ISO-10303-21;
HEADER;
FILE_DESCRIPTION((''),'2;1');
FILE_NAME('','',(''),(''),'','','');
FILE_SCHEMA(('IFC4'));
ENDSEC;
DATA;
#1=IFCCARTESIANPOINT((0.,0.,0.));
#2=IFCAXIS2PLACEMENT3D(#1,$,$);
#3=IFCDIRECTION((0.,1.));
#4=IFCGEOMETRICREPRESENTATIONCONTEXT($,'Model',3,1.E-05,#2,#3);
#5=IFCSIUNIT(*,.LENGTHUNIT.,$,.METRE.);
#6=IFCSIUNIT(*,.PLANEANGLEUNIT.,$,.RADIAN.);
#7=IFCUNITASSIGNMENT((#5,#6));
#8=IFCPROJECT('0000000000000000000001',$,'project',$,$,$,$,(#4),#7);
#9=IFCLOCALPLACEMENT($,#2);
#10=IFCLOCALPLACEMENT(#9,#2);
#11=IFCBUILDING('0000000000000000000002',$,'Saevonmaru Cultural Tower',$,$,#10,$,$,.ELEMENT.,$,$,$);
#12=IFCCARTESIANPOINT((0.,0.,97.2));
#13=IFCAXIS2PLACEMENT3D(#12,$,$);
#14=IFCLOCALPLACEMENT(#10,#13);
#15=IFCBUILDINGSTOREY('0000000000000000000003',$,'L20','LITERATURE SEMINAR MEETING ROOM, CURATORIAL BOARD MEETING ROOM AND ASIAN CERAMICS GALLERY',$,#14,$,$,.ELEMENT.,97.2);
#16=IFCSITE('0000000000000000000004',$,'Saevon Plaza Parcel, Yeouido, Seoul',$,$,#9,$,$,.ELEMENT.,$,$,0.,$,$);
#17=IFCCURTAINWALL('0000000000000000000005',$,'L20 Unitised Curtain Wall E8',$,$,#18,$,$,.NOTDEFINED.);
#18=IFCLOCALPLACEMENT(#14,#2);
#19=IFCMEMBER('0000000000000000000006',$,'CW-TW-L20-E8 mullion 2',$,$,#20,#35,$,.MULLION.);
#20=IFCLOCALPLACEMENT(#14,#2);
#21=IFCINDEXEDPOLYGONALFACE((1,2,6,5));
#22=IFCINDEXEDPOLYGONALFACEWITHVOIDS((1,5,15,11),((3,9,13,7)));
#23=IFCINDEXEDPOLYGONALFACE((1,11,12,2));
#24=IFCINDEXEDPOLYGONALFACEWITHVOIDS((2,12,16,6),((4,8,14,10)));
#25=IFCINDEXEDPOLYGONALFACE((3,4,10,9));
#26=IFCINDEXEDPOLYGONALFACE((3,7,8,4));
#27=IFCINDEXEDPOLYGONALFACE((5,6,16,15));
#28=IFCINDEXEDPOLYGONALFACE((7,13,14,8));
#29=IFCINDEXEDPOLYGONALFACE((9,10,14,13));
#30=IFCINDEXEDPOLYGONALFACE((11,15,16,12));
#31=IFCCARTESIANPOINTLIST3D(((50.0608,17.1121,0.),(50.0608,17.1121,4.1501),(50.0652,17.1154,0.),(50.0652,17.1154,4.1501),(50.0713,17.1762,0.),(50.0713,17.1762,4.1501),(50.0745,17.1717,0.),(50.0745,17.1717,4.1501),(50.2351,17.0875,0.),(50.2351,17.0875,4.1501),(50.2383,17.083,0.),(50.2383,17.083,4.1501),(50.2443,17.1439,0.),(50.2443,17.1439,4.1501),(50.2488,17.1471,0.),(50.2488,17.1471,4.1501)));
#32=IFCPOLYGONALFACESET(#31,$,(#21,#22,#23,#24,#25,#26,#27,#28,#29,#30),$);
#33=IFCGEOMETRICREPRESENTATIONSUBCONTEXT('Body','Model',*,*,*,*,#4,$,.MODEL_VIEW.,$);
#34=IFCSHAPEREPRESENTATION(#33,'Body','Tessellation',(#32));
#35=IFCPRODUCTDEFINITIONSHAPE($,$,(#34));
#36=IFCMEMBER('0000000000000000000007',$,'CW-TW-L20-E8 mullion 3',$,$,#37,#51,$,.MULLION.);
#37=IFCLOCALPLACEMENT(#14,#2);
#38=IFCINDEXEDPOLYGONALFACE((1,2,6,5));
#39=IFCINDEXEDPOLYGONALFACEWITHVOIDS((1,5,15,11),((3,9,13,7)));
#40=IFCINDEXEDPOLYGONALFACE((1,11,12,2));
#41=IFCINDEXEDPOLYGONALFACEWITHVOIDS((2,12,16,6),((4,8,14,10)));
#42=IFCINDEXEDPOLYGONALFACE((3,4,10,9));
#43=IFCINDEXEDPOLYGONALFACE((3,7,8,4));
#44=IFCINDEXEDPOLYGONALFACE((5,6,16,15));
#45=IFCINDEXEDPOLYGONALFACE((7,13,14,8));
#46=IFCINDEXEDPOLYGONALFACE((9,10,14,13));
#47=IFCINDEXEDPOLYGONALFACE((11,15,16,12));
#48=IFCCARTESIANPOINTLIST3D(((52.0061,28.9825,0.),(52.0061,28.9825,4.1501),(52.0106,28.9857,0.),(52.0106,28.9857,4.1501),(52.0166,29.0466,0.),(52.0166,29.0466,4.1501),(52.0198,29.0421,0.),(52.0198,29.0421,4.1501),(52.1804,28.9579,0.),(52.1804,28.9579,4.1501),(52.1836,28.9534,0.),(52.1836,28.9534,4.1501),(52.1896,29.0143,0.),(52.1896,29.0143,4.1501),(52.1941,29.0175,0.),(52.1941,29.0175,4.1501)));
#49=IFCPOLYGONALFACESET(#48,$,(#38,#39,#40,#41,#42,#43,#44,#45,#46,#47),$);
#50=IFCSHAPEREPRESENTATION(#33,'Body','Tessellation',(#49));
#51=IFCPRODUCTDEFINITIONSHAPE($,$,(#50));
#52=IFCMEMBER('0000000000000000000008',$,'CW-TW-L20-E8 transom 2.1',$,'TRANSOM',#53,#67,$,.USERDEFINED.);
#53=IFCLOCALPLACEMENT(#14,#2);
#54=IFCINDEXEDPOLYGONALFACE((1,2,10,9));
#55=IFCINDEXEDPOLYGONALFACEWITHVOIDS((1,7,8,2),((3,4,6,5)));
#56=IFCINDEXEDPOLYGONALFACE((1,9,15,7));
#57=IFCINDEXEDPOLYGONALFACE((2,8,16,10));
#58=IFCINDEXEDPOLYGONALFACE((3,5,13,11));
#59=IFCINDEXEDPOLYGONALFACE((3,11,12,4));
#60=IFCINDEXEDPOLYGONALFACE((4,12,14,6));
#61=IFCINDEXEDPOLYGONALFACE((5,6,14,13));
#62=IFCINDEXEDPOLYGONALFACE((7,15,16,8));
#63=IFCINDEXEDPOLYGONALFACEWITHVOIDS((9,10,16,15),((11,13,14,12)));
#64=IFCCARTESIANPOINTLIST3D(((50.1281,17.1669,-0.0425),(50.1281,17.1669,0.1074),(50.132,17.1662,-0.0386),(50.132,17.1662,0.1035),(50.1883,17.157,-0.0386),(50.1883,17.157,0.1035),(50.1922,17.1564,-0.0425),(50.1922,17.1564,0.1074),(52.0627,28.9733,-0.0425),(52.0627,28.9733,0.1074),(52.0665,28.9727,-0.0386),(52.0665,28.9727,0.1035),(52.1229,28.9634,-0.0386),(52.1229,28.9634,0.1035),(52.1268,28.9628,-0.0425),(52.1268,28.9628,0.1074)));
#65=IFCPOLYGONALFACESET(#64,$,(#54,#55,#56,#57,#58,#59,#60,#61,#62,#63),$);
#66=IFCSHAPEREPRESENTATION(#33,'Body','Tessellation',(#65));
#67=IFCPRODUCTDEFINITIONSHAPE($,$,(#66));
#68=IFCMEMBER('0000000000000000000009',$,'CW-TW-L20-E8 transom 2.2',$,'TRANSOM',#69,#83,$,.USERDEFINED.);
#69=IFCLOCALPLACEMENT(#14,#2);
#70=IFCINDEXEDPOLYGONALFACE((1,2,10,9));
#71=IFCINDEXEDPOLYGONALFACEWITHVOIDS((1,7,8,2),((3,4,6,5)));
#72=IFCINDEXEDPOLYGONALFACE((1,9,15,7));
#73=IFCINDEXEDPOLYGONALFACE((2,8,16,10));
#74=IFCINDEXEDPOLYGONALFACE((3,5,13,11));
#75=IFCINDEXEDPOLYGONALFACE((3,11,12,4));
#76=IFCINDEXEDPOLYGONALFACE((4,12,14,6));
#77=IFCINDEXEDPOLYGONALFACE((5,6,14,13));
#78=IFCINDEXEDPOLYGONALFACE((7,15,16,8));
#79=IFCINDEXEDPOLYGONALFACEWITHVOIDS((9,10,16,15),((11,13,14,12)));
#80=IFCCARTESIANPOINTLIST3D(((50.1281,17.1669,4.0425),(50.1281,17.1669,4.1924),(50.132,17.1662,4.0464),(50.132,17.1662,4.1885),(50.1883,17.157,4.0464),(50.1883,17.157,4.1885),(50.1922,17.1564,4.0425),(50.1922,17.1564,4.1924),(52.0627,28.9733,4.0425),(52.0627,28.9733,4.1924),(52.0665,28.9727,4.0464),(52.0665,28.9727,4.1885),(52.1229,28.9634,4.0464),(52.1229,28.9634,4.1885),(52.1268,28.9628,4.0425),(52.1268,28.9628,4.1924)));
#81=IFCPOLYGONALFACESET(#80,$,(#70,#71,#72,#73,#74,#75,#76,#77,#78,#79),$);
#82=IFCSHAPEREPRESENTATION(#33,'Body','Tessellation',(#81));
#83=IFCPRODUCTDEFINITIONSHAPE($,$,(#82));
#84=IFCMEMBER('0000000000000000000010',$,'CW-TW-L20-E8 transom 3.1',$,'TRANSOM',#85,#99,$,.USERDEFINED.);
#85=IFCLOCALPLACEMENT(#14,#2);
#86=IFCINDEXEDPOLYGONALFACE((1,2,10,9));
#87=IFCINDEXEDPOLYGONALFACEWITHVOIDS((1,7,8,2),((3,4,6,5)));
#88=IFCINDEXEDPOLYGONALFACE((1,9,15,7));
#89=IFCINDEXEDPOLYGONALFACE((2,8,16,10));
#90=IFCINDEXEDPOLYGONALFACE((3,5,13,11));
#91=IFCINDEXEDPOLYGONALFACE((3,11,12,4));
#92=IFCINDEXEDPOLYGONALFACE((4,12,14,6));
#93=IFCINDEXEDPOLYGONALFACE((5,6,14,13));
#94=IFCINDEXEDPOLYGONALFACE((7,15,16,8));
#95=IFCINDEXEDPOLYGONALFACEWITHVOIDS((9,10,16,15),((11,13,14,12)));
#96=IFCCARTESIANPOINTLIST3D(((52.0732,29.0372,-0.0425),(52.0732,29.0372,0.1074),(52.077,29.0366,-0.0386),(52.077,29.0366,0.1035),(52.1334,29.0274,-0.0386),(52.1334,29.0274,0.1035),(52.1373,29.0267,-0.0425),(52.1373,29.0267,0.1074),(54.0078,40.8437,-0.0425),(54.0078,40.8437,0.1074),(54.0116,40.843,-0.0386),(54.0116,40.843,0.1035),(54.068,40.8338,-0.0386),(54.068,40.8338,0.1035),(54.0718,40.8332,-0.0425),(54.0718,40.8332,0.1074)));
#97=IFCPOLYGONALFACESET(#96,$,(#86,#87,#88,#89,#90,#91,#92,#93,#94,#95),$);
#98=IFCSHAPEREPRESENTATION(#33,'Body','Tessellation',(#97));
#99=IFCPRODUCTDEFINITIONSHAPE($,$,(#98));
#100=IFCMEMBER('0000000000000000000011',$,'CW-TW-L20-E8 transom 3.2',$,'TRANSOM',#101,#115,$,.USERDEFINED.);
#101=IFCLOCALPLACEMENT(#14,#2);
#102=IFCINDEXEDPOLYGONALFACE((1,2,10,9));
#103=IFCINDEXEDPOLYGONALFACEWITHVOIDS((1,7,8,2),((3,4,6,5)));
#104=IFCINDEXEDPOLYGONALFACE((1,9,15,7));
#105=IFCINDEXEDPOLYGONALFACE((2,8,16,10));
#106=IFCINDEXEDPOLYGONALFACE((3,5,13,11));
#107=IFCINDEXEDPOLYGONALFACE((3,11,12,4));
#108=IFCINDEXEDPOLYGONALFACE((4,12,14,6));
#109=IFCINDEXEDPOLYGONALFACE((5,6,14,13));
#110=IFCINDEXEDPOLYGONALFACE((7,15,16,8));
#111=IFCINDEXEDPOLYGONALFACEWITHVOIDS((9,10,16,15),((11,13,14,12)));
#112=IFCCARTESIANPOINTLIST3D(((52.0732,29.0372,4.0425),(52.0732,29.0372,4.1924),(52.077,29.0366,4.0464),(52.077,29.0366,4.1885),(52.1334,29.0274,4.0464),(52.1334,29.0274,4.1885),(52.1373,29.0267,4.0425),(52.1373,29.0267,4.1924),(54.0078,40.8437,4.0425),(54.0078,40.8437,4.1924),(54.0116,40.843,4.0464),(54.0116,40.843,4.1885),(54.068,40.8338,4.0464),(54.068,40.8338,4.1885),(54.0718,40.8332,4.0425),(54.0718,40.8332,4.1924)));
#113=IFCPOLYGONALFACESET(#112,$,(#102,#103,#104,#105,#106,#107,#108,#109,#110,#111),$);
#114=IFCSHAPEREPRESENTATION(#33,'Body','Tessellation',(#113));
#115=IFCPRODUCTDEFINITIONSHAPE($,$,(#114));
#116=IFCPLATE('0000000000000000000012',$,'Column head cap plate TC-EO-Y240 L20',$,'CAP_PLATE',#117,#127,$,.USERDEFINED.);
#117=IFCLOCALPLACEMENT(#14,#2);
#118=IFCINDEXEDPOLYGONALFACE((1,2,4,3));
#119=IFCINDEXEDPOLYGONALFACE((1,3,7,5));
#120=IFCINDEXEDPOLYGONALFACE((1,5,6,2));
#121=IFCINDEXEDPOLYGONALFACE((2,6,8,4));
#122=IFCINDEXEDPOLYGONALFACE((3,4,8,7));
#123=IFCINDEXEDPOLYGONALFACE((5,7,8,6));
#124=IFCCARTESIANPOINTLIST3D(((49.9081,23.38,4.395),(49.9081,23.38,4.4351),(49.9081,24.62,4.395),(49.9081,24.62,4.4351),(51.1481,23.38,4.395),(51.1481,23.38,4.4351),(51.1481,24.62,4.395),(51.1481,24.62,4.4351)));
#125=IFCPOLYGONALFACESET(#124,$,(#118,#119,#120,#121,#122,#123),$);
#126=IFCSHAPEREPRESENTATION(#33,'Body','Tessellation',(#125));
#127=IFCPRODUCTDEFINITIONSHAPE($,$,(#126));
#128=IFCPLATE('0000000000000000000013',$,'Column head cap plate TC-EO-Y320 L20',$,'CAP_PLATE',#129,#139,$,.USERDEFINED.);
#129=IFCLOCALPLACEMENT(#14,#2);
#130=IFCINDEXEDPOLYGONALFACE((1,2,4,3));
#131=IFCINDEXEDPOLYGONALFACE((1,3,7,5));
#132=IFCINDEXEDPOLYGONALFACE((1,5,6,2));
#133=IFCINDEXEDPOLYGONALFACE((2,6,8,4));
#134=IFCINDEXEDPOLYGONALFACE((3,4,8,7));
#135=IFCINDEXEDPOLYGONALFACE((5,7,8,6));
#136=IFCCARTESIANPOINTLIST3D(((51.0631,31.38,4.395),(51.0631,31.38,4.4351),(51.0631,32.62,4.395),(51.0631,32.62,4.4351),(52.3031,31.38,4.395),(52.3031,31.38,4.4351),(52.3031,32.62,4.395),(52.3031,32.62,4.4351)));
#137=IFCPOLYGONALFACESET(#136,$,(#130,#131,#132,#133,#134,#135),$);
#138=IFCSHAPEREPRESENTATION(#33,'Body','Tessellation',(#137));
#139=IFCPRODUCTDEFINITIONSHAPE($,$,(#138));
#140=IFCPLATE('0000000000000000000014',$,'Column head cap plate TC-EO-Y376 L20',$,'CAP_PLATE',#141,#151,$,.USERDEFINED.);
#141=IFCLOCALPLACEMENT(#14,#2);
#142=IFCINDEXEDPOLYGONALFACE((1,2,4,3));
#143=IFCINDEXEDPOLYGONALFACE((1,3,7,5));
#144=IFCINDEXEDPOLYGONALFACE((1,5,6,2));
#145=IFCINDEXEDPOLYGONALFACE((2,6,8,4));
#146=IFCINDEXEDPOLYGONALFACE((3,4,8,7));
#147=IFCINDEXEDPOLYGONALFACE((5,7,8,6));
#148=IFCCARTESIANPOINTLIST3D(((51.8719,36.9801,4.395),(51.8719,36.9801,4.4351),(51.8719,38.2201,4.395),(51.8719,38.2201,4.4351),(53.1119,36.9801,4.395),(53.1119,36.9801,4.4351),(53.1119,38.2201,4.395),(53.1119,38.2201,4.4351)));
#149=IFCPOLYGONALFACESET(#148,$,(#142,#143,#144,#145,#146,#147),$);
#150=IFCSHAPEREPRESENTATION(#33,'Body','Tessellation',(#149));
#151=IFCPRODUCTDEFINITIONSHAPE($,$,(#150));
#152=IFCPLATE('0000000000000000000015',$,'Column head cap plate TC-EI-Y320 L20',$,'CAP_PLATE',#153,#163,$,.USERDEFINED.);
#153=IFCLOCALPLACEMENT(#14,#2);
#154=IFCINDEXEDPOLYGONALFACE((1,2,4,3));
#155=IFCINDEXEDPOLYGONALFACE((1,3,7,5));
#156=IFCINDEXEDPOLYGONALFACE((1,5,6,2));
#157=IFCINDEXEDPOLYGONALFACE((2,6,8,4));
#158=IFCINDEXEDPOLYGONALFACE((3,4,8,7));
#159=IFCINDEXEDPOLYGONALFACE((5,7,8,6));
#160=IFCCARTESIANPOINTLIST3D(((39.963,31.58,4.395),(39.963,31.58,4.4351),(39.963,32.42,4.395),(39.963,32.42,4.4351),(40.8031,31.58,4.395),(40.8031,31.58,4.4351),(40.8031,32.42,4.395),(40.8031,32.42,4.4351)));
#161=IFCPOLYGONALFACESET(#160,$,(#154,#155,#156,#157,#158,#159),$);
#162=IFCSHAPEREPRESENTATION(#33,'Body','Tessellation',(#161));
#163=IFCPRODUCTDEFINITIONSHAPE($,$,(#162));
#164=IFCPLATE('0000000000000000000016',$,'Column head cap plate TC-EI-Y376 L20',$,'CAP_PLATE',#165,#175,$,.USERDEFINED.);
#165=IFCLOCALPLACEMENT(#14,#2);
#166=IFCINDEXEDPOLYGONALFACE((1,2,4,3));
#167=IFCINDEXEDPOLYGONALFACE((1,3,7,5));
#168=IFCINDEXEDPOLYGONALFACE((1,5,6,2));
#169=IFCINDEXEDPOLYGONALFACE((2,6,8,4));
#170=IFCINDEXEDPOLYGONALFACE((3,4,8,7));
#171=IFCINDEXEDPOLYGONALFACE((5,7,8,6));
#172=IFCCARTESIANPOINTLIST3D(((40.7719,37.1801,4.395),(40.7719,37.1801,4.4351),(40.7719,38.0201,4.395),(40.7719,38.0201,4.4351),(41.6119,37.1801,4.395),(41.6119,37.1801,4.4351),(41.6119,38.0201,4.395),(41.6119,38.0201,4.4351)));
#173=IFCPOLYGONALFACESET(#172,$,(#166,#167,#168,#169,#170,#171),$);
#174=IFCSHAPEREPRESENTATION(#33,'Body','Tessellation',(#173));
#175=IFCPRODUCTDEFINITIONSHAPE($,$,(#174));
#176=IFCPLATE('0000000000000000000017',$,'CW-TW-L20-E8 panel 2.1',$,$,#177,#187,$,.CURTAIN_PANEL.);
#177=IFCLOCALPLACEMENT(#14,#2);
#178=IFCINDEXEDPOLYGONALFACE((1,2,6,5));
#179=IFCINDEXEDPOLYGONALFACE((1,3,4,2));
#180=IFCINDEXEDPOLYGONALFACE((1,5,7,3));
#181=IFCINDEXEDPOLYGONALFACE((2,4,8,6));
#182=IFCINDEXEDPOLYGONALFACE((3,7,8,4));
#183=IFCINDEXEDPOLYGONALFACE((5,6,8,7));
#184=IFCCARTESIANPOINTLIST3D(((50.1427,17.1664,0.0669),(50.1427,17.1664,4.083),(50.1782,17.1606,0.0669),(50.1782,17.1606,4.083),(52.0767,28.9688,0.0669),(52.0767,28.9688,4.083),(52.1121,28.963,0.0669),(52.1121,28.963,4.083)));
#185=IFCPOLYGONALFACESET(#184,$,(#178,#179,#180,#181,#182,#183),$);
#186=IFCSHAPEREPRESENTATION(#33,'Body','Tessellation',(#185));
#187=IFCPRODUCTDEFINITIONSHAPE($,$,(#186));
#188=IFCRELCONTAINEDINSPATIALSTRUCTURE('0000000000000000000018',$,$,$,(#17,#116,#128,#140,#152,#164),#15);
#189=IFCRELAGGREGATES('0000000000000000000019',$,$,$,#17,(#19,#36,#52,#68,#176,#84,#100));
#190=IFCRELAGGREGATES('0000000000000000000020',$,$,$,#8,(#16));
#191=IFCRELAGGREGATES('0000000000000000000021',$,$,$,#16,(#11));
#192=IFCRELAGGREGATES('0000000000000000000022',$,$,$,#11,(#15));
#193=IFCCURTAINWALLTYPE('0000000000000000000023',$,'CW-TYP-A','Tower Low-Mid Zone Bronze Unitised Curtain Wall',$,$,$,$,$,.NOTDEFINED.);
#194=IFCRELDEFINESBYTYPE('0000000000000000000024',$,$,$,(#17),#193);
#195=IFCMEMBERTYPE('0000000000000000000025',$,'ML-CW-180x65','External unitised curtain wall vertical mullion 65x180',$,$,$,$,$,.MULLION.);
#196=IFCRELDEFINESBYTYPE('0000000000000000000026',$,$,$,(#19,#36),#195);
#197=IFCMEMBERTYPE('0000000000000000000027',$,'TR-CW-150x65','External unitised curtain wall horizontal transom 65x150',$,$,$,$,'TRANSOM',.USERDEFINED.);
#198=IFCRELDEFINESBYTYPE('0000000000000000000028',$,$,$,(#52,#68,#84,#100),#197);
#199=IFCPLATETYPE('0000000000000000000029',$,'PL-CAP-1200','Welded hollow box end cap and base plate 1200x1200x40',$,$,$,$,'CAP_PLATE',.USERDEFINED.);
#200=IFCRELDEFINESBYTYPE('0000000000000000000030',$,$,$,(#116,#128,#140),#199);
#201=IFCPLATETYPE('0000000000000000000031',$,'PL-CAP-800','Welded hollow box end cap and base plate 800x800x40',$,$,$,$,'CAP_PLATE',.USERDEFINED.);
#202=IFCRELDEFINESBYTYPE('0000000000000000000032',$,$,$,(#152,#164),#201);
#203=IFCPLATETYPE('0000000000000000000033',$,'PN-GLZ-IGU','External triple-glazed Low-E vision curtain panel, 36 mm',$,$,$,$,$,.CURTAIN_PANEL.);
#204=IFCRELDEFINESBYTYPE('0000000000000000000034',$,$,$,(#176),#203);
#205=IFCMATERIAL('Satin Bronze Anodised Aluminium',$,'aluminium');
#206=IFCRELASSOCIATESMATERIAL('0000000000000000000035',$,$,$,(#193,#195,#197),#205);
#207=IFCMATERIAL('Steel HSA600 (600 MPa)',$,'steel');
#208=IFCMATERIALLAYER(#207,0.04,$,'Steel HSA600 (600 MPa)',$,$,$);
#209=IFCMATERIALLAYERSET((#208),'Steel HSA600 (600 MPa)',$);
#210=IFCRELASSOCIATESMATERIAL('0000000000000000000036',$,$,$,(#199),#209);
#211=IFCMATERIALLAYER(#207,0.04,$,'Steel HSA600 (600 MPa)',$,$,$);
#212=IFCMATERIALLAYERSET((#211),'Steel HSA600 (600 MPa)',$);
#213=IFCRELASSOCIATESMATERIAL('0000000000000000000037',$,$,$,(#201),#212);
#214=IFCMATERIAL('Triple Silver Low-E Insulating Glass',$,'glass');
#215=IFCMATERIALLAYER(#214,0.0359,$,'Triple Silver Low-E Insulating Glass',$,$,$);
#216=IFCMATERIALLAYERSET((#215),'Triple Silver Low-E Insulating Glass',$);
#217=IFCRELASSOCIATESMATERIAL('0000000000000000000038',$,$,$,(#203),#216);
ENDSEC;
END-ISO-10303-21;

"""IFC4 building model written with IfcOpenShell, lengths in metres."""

from ifc_helpers import new_model, si_unit, direction, frame, origin, origin_2d, place, context, subcontext, project, spatial, rectangle, hollow_rectangle, extrude, material, layer, layer_set, material_profile, profile_set, type_object, element, aggregate, save


model = new_model("IFC4")

# Units and contexts
model_context = context("Model", 3, precision=1e-05, world=origin(), true_north=direction((0.0, 1.0)))
body_context = subcontext(model_context, "Body", "Model", "MODEL_VIEW")
ifc_project = project(units=[si_unit("LENGTHUNIT", "METRE"), si_unit("PLANEANGLEUNIT", "RADIAN")], contexts=[model_context])

# Site, building, storey
site_placement = place(None, origin())
site = spatial("IfcSite", under=ifc_project, at=site_placement, Name="Saevon Plaza Parcel, Yeouido, Seoul", CompositionType="ELEMENT", RefElevation=0.0)
building_placement = place(site_placement, origin())
building = spatial("IfcBuilding", under=site, at=building_placement, Name="Saevonmaru Cultural Tower", CompositionType="ELEMENT")
storey_placement = place(building_placement, frame((0.0, 0.0, 97.2)))
storey = spatial("IfcBuildingStorey", under=building, at=storey_placement, Name="L20", Description="LITERATURE SEMINAR MEETING ROOM, CURATORIAL BOARD MEETING ROOM AND ASIAN CERAMICS GALLERY", CompositionType="ELEMENT", Elevation=97.2)

# Shared definitions
ifc_material_1 = material(Name="Steel HSA600 (600 MPa)", Category="steel")

# Curtain wall, members
ifc_material_2 = material(Name="Satin Bronze Anodised Aluminium", Category="aluminium")
curtain_wall_type = type_object("IfcCurtainWallType", Name="CW-TYP-A", Description="Tower Low-Mid Zone Bronze Unitised Curtain Wall", PredefinedType="NOTDEFINED", material=ifc_material_2)
curtain_wall_placement = place(storey_placement, origin())
curtain_wall = element("IfcCurtainWall", 1, at=curtain_wall_placement, inside=storey, type_object=curtain_wall_type, Name="L20 Unitised Curtain Wall E8", PredefinedType="NOTDEFINED")
ifc_material_profile_1 = material_profile(ifc_material_2, hollow_rectangle(XDim=0.0649, YDim=0.1799, WallThickness=0.0039, at=origin_2d()), Name="ALU-MULL-180x65x4")
ifc_profile_set_1 = profile_set([ifc_material_profile_1], Name="Satin Bronze Anodised Aluminium")
member_type_1 = type_object("IfcMemberType", Name="ML-CW-180x65", Description="External unitised curtain wall vertical mullion 65x180", PredefinedType="MULLION", material=ifc_profile_set_1)
member_1_placement = place(storey_placement, frame((50.1548, 17.1296, 0.0), z_axis=(0.0, 0.0, 1.0), x_axis=(0.161709, 0.986839, 0.0)))
member_1 = element("IfcMember", 2, at=member_1_placement, type_object=member_type_1, Name="CW-TW-L20-E8 mullion 2", PredefinedType="MULLION", context=body_context, shape_type="SweptSolid", body=[
    extrude(hollow_rectangle(XDim=0.0649, YDim=0.1799, WallThickness=0.0039, at=origin_2d()), origin(), (0.0, 0.0, 1.0), 4.1501),
])
member_2_placement = place(storey_placement, frame((52.1001, 29.0, 0.0), z_axis=(0.0, 0.0, 1.0), x_axis=(0.161709, 0.986839, 0.0)))
member_2 = element("IfcMember", 3, at=member_2_placement, type_object=member_type_1, Name="CW-TW-L20-E8 mullion 3", PredefinedType="MULLION", context=body_context, shape_type="SweptSolid", body=[
    extrude(hollow_rectangle(XDim=0.0649, YDim=0.1799, WallThickness=0.0039, at=origin_2d()), origin(), (0.0, 0.0, 1.0), 4.1501),
])
ifc_material_profile_2 = material_profile(ifc_material_2, hollow_rectangle(XDim=0.0649, YDim=0.1499, WallThickness=0.0039, at=origin_2d()), Name="ALU-TRAN-150x65x4")
ifc_profile_set_2 = profile_set([ifc_material_profile_2], Name="Satin Bronze Anodised Aluminium")
member_type_2 = type_object("IfcMemberType", Name="TR-CW-150x65", Description="External unitised curtain wall horizontal transom 65x150", ElementType="TRANSOM", PredefinedType="USERDEFINED", material=ifc_profile_set_2)
member_3_placement = place(storey_placement, frame((50.1602, 17.1616, 0.0325), z_axis=(0.161701, 0.98684, 0.0), x_axis=(-0.98684, 0.161701, 0.0)))
member_3 = element("IfcMember", 4, at=member_3_placement, type_object=member_type_2, Name="CW-TW-L20-E8 transom 2.1", ObjectType="TRANSOM", PredefinedType="USERDEFINED", context=body_context, shape_type="SweptSolid", body=[
    extrude(hollow_rectangle(XDim=0.0649, YDim=0.1499, WallThickness=0.0039, at=origin_2d()), origin(), (0.0, 0.0, 1.0), 11.9639),
])
member_4_placement = place(storey_placement, frame((50.1602, 17.1616, 4.1174), z_axis=(0.161701, 0.98684, 0.0), x_axis=(-0.98684, 0.161701, 0.0)))
member_4 = element("IfcMember", 5, at=member_4_placement, type_object=member_type_2, Name="CW-TW-L20-E8 transom 2.2", ObjectType="TRANSOM", PredefinedType="USERDEFINED", context=body_context, shape_type="SweptSolid", body=[
    extrude(hollow_rectangle(XDim=0.0649, YDim=0.1499, WallThickness=0.0039, at=origin_2d()), origin(), (0.0, 0.0, 1.0), 11.9639),
])
member_5_placement = place(storey_placement, frame((52.1052, 29.032, 0.0325), z_axis=(0.161701, 0.98684, 0.0), x_axis=(-0.98684, 0.161701, 0.0)))
member_5 = element("IfcMember", 6, at=member_5_placement, type_object=member_type_2, Name="CW-TW-L20-E8 transom 3.1", ObjectType="TRANSOM", PredefinedType="USERDEFINED", context=body_context, shape_type="SweptSolid", body=[
    extrude(hollow_rectangle(XDim=0.0649, YDim=0.1499, WallThickness=0.0039, at=origin_2d()), origin(), (0.0, 0.0, 1.0), 11.9639),
])
member_6_placement = place(storey_placement, frame((52.1052, 29.032, 4.1174), z_axis=(0.161701, 0.98684, 0.0), x_axis=(-0.98684, 0.161701, 0.0)))
member_6 = element("IfcMember", 7, at=member_6_placement, type_object=member_type_2, Name="CW-TW-L20-E8 transom 3.2", ObjectType="TRANSOM", PredefinedType="USERDEFINED", context=body_context, shape_type="SweptSolid", body=[
    extrude(hollow_rectangle(XDim=0.0649, YDim=0.1499, WallThickness=0.0039, at=origin_2d()), origin(), (0.0, 0.0, 1.0), 11.9639),
])

# Plates
ifc_layer_1 = layer(ifc_material_1, 0.04, Name="Steel HSA600 (600 MPa)")
ifc_layer_set_1 = layer_set([ifc_layer_1], Name="Steel HSA600 (600 MPa)")
plate_type_1 = type_object("IfcPlateType", Name="PL-CAP-1200", Description="Welded hollow box end cap and base plate 1200x1200x40", ElementType="CAP_PLATE", PredefinedType="USERDEFINED", material=ifc_layer_set_1)
for number, where, z_axis, x_axis, name in (
    (8, (50.5281, 24.0, 4.395), (0.0, 0.0, 1.0), (1.0, 0.0, 0.0), "Column head cap plate TC-EO-Y240 L20"),
    (9, (51.6831, 32.0, 4.395), (0.0, 0.0, 1.0), (1.0, 0.0, 0.0), "Column head cap plate TC-EO-Y320 L20"),
    (10, (52.4919, 37.6001, 4.395), (0.0, 0.0, 1.0), (1.0, 0.0, 0.0), "Column head cap plate TC-EO-Y376 L20"),
):
    element("IfcPlate", number, at=place(storey_placement, frame(where, z_axis=z_axis, x_axis=x_axis)), inside=storey, type_object=plate_type_1, Name=name, ObjectType="CAP_PLATE", PredefinedType="USERDEFINED", context=body_context, shape_type="SweptSolid", body=[
        extrude(rectangle(XDim=1.24, YDim=1.24, at=origin_2d()), origin(), (0.0, 0.0, 1.0), 0.04),
    ])
ifc_layer_2 = layer(ifc_material_1, 0.04, Name="Steel HSA600 (600 MPa)")
ifc_layer_set_2 = layer_set([ifc_layer_2], Name="Steel HSA600 (600 MPa)")
plate_type_2 = type_object("IfcPlateType", Name="PL-CAP-800", Description="Welded hollow box end cap and base plate 800x800x40", ElementType="CAP_PLATE", PredefinedType="USERDEFINED", material=ifc_layer_set_2)
for number, where, z_axis, x_axis, name in (
    (11, (40.3831, 32.0, 4.395), (0.0, 0.0, 1.0), (1.0, 0.0, 0.0), "Column head cap plate TC-EI-Y320 L20"),
    (12, (41.1919, 37.6001, 4.395), (0.0, 0.0, 1.0), (1.0, 0.0, 0.0), "Column head cap plate TC-EI-Y376 L20"),
):
    element("IfcPlate", number, at=place(storey_placement, frame(where, z_axis=z_axis, x_axis=x_axis)), inside=storey, type_object=plate_type_2, Name=name, ObjectType="CAP_PLATE", PredefinedType="USERDEFINED", context=body_context, shape_type="SweptSolid", body=[
        extrude(rectangle(XDim=0.8401, YDim=0.8401, at=origin_2d()), origin(), (0.0, 0.0, 1.0), 0.04),
    ])

# Plate
ifc_material_3 = material(Name="Triple Silver Low-E Insulating Glass", Category="glass")
ifc_layer_3 = layer(ifc_material_3, 0.0359, Name="Triple Silver Low-E Insulating Glass")
ifc_layer_set_3 = layer_set([ifc_layer_3], Name="Triple Silver Low-E Insulating Glass")
plate_type_3 = type_object("IfcPlateType", Name="PN-GLZ-IGU", Description="External triple-glazed Low-E vision curtain panel, 36 mm", PredefinedType="CURTAIN_PANEL", material=ifc_layer_set_3)
plate_1_placement = place(storey_placement, frame((51.1274, 23.0647, 0.0669), z_axis=(0.0, 0.0, 1.0), x_axis=(0.161709, 0.986839, 0.0)))
plate_1 = element("IfcPlate", 13, at=plate_1_placement, type_object=plate_type_3, Name="CW-TW-L20-E8 panel 2.1", PredefinedType="CURTAIN_PANEL", context=body_context, shape_type="SweptSolid", body=[
    extrude(rectangle(XDim=11.9597, YDim=0.0359, at=origin_2d()), origin(), (0.0, 0.0, 1.0), 4.0161),
])
aggregate(curtain_wall, [member_1, member_2, member_3, member_4, plate_1, member_5, member_6])

save(model, "model.ifc")
